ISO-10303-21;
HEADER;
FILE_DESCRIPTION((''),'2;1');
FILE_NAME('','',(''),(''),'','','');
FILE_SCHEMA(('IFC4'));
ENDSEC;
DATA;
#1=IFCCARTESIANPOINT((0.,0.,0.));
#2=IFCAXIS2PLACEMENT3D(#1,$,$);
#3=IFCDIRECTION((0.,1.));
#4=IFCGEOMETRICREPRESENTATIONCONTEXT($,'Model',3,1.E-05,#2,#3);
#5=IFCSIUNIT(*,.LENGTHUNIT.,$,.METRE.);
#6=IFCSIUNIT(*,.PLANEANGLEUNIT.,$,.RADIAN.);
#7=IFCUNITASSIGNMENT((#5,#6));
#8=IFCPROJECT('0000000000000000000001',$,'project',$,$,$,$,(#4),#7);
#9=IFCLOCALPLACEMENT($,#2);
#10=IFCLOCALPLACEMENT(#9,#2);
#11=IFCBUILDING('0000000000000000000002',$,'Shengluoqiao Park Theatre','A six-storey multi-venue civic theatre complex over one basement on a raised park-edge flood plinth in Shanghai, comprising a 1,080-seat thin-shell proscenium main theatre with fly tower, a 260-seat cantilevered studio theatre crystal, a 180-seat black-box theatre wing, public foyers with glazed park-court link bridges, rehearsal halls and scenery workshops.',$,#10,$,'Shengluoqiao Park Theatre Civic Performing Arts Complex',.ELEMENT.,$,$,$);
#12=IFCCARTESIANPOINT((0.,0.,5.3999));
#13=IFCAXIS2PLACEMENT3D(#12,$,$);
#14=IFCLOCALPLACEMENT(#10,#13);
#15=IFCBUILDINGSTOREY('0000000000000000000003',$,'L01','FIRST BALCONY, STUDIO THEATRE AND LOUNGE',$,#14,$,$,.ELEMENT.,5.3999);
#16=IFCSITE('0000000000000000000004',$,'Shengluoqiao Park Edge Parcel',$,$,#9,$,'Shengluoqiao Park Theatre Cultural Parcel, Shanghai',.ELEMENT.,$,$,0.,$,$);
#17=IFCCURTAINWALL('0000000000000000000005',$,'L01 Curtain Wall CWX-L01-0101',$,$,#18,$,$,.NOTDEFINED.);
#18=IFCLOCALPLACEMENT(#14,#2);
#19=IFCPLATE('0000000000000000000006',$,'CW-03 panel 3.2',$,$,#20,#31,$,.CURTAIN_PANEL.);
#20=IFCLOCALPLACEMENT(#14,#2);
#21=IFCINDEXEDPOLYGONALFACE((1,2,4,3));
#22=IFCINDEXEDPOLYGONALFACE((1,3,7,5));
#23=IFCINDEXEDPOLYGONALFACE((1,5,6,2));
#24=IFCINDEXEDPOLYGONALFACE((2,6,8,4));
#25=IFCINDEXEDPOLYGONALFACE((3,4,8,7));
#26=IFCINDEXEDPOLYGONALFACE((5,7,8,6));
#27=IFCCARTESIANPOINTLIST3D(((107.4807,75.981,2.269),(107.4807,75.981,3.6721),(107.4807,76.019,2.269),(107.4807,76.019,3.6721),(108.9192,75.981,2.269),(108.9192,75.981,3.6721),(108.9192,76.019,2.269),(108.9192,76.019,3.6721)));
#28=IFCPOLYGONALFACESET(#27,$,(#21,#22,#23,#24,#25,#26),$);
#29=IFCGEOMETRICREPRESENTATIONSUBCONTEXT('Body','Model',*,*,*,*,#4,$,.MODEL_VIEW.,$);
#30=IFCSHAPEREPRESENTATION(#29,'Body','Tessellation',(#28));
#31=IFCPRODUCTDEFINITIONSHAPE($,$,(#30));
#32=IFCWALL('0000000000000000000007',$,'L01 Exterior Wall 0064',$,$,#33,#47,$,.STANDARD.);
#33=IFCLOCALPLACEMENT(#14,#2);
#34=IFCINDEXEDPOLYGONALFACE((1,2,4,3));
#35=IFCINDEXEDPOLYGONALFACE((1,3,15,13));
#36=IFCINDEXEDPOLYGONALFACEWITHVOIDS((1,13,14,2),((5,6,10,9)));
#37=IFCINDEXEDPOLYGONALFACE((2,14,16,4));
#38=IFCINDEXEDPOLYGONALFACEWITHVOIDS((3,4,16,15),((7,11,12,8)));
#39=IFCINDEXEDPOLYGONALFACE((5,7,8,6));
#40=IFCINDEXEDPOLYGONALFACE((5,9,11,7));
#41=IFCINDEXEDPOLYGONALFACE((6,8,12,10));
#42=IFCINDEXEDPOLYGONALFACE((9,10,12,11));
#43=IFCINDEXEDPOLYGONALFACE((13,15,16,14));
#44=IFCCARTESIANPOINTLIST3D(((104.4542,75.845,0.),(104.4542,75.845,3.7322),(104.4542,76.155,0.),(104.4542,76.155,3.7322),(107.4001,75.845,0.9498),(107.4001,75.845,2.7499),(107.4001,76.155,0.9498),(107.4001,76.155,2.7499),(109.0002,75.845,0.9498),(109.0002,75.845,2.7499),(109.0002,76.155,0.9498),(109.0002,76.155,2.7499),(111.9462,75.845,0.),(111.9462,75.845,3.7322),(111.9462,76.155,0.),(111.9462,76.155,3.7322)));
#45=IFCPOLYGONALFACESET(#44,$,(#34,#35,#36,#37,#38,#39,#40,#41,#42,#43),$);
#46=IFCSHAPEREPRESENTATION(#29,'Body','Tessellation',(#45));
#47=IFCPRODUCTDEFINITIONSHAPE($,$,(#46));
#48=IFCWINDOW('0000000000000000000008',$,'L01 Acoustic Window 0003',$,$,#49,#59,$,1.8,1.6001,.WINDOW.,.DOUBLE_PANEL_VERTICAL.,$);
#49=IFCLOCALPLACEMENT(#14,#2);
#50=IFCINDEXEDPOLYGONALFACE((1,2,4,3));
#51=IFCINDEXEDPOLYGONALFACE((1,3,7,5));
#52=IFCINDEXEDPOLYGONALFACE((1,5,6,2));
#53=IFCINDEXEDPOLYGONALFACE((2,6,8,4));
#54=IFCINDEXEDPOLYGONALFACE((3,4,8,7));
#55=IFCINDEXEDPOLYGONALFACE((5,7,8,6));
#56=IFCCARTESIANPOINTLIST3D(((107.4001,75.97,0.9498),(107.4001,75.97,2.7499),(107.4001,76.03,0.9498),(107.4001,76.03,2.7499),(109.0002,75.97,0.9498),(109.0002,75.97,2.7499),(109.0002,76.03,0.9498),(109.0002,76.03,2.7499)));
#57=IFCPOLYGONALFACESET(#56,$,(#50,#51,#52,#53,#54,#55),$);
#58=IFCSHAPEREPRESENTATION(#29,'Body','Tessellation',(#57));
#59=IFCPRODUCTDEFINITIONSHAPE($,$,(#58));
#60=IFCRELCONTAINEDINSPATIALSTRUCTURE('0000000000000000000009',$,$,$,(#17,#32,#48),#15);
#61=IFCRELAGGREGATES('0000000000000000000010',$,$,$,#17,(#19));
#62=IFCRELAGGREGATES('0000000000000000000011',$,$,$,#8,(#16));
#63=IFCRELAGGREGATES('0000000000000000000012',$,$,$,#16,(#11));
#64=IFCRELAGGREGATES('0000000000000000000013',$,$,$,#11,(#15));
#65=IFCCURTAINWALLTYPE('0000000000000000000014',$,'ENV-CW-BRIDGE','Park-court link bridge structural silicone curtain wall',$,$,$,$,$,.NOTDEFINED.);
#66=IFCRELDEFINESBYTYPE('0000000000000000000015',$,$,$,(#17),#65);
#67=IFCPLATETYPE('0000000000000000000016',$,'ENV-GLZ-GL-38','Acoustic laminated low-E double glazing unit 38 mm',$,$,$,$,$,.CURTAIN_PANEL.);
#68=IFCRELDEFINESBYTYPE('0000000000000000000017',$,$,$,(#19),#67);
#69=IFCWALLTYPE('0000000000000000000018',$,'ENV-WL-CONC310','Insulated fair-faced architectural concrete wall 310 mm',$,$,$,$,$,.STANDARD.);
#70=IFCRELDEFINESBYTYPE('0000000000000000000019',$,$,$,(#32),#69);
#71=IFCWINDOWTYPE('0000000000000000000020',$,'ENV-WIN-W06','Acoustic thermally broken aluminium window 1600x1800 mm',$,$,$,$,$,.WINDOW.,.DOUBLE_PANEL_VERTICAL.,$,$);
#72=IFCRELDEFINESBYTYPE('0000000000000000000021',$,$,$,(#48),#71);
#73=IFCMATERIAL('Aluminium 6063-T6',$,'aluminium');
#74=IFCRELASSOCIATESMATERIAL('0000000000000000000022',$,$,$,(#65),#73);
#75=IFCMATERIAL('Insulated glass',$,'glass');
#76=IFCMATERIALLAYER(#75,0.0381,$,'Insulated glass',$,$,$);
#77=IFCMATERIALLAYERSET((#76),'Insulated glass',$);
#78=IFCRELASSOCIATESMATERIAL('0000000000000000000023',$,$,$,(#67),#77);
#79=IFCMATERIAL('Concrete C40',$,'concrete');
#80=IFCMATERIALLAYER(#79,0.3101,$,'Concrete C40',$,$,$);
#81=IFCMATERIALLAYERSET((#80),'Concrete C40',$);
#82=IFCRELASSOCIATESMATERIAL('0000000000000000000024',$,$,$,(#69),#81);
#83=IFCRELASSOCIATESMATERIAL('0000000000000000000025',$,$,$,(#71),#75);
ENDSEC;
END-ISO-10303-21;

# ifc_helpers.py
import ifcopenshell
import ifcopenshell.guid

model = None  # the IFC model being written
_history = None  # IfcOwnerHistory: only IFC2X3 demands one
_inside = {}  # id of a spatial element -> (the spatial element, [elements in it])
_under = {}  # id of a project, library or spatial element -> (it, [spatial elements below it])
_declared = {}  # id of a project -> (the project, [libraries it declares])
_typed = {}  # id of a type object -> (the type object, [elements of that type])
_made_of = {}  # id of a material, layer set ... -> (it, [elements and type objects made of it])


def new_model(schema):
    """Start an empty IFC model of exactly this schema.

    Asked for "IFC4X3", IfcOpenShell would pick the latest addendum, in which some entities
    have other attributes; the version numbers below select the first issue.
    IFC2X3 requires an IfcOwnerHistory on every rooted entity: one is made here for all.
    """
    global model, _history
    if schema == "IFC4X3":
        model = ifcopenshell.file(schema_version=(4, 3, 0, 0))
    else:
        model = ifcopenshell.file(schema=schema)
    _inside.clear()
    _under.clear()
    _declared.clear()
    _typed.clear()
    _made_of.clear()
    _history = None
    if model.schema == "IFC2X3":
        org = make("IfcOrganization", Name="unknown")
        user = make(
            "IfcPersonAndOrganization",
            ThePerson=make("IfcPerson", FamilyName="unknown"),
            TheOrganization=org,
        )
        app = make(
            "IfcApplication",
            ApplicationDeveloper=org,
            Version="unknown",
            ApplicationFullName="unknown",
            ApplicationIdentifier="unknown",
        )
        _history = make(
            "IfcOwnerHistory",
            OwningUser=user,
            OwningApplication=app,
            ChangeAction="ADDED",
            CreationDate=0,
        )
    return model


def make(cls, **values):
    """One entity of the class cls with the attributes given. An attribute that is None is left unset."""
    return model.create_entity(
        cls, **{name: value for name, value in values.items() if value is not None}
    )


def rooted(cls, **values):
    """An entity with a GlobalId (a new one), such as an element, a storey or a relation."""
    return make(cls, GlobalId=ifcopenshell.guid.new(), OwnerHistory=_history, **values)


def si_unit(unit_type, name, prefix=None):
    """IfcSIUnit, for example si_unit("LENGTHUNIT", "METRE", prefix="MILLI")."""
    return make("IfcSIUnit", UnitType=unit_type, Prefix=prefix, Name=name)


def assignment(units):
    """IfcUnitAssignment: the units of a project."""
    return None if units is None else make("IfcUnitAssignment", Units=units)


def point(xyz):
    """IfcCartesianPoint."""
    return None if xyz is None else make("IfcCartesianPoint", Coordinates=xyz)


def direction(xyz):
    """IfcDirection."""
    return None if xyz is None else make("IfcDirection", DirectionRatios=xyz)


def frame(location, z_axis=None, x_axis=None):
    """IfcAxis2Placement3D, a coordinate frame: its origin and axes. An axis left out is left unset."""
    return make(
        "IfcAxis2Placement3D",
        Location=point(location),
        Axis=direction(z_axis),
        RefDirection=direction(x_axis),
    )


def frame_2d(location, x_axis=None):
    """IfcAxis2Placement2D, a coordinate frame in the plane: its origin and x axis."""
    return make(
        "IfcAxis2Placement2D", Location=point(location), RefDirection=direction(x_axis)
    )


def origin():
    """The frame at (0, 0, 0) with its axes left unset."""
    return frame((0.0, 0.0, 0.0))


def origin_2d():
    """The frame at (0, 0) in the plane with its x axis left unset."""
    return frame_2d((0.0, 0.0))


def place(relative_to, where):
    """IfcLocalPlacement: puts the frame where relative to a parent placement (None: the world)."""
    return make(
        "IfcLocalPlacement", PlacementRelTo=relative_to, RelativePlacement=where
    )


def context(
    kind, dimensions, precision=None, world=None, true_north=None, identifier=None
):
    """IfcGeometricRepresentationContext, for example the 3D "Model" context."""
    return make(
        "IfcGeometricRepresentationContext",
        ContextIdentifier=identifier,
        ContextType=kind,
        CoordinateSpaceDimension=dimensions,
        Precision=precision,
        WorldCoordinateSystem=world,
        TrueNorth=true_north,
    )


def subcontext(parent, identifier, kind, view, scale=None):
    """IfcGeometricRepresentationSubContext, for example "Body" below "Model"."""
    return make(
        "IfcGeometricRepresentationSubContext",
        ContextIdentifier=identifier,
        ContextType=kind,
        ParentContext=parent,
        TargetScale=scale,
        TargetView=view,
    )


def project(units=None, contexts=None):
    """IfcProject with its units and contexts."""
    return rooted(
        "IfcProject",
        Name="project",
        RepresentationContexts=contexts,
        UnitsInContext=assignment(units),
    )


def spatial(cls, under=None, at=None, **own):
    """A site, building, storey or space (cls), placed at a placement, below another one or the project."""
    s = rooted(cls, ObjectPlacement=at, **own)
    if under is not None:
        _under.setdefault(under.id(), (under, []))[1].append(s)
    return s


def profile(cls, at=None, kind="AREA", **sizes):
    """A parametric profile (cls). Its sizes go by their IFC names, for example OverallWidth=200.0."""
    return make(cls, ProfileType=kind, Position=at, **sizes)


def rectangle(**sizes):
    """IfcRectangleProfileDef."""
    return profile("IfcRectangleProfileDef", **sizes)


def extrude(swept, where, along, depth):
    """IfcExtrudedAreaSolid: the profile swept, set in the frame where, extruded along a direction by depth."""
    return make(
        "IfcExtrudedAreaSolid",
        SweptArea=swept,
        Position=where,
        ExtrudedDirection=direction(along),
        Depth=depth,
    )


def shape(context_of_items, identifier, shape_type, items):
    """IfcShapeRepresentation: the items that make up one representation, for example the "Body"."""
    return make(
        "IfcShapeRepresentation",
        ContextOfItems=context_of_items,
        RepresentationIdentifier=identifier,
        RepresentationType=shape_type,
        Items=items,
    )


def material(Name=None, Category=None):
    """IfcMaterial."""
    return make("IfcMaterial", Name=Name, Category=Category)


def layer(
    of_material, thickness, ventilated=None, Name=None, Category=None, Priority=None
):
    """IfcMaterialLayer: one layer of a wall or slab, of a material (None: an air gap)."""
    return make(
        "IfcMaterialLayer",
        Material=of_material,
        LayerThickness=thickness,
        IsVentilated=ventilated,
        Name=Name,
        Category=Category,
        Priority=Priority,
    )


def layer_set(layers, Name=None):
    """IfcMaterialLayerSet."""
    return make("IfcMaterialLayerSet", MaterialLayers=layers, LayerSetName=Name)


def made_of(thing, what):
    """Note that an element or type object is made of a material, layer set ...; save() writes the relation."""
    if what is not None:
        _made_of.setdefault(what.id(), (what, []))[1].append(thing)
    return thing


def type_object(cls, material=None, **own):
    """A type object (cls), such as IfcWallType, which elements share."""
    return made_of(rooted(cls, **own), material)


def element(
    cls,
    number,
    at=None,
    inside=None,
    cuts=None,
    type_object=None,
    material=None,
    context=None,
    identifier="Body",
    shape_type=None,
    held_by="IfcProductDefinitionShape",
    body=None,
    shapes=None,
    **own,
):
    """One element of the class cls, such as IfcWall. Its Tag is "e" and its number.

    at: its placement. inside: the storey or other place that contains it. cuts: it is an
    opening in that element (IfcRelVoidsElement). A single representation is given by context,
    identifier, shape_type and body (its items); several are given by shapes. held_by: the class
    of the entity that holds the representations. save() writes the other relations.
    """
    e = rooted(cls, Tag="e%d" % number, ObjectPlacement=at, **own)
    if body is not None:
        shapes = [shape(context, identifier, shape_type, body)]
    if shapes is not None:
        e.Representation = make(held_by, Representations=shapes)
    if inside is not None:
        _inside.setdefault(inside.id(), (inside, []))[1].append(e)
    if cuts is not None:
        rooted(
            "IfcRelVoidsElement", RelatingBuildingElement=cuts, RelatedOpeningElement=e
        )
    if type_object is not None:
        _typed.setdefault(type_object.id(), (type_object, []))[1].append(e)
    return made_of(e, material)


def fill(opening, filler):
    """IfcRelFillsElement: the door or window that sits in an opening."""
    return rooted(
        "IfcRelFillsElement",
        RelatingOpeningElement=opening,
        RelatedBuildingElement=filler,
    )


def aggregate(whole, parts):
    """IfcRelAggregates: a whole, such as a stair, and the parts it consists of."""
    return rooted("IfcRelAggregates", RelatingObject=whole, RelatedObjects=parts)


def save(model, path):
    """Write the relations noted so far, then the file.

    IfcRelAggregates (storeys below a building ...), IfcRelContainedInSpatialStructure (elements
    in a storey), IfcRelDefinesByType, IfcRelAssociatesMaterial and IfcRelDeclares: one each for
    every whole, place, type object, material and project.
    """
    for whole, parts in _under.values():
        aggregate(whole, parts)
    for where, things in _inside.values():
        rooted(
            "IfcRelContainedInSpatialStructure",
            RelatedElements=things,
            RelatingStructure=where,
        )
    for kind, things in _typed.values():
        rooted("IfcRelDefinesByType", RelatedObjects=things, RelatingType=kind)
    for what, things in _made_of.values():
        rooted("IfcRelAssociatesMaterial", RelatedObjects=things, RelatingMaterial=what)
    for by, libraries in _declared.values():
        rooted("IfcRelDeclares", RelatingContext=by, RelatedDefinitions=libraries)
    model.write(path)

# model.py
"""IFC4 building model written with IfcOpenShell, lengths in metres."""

from ifc_helpers import new_model, si_unit, direction, frame, frame_2d, origin, origin_2d, place, context, subcontext, project, spatial, rectangle, extrude, material, layer, layer_set, type_object, element, fill, aggregate, save


model = new_model("IFC4")

# Units and contexts
model_context = context("Model", 3, precision=1e-05, world=origin(), true_north=direction((0.0, 1.0)))
body_context = subcontext(model_context, "Body", "Model", "MODEL_VIEW")
ifc_project = project(units=[si_unit("LENGTHUNIT", "METRE"), si_unit("PLANEANGLEUNIT", "RADIAN")], contexts=[model_context])

# Site, building, storey
site_placement = place(None, origin())
site = spatial("IfcSite", under=ifc_project, at=site_placement, Name="Shengluoqiao Park Edge Parcel", LongName="Shengluoqiao Park Theatre Cultural Parcel, Shanghai", CompositionType="ELEMENT", RefElevation=0.0)
building_placement = place(site_placement, origin())
building = spatial("IfcBuilding", under=site, at=building_placement, Name="Shengluoqiao Park Theatre", Description="A six-storey multi-venue civic theatre complex over one basement on a raised park-edge flood plinth in Shanghai, comprising a 1,080-seat thin-shell proscenium main theatre with fly tower, a 260-seat cantilevered studio theatre crystal, a 180-seat black-box theatre wing, public foyers with glazed park-court link bridges, rehearsal halls and scenery workshops.", LongName="Shengluoqiao Park Theatre Civic Performing Arts Complex", CompositionType="ELEMENT")
storey_placement = place(building_placement, frame((0.0, 0.0, 5.3999)))
storey = spatial("IfcBuildingStorey", under=building, at=storey_placement, Name="L01", Description="FIRST BALCONY, STUDIO THEATRE AND LOUNGE", CompositionType="ELEMENT", Elevation=5.3999)

# Curtain wall
ifc_material_1 = material(Name="Aluminium 6063-T6", Category="aluminium")
curtain_wall_type = type_object("IfcCurtainWallType", Name="ENV-CW-BRIDGE", Description="Park-court link bridge structural silicone curtain wall", PredefinedType="NOTDEFINED", material=ifc_material_1)
curtain_wall_1_placement = place(storey_placement, origin())
curtain_wall_1 = element("IfcCurtainWall", 1, at=curtain_wall_1_placement, inside=storey, type_object=curtain_wall_type, Name="L01 Curtain Wall CWX-L01-0101", PredefinedType="NOTDEFINED")

# Plate
ifc_material_2 = material(Name="Insulated glass", Category="glass")
ifc_layer_1 = layer(ifc_material_2, 0.0381, Name="Insulated glass")
ifc_layer_set_1 = layer_set([ifc_layer_1], Name="Insulated glass")
plate_type = type_object("IfcPlateType", Name="ENV-GLZ-GL-38", Description="Acoustic laminated low-E double glazing unit 38 mm", PredefinedType="CURTAIN_PANEL", material=ifc_layer_set_1)
plate_1_placement = place(storey_placement, frame((108.2, 76.0, 2.269), z_axis=(0.0, 0.0, 1.0), x_axis=(1.0, 0.0, 0.0)))
plate_1 = element("IfcPlate", 2, at=plate_1_placement, type_object=plate_type, Name="CW-03 panel 3.2", PredefinedType="CURTAIN_PANEL", context=body_context, shape_type="SweptSolid", body=[
    extrude(rectangle(XDim=1.4385, YDim=0.0381, at=origin_2d()), origin(), (0.0, 0.0, 1.0), 1.4031),
])
aggregate(curtain_wall_1, [plate_1])

# Wall, opening, window
ifc_material_3 = material(Name="Concrete C40", Category="concrete")
ifc_layer_2 = layer(ifc_material_3, 0.3101, Name="Concrete C40")
ifc_layer_set_2 = layer_set([ifc_layer_2], Name="Concrete C40")
wall_type = type_object("IfcWallType", Name="ENV-WL-CONC310", Description="Insulated fair-faced architectural concrete wall 310 mm", PredefinedType="STANDARD", material=ifc_layer_set_2)
wall_placement = place(storey_placement, frame((104.4541, 76.0, 0.0), z_axis=(0.0, 0.0, 1.0), x_axis=(1.0, 0.0, 0.0)))
wall = element("IfcWall", 3, at=wall_placement, inside=storey, type_object=wall_type, Name="L01 Exterior Wall 0064", PredefinedType="STANDARD", context=body_context, shape_type="SweptSolid", body=[
    extrude(rectangle(XDim=7.4919, YDim=0.3101, at=frame_2d((3.7461, 0.0))), origin(), (0.0, 0.0, 1.0), 3.7322),
])
opening_placement = place(wall_placement, frame((2.946, 0.0, 0.95)))
opening = element("IfcOpeningElement", 4, at=opening_placement, cuts=wall, PredefinedType="OPENING", context=body_context, shape_type="SweptSolid", body=[
    extrude(rectangle(XDim=1.6001, YDim=1.8, at=frame_2d((0.8, 0.8999))), frame((0.0, 0.165, 0.0), z_axis=(0.0, -1.0, 0.0), x_axis=(1.0, 0.0, 0.0)), (0.0, 0.0, 1.0), 0.3301),
])
window_type = type_object("IfcWindowType", Name="ENV-WIN-W06", Description="Acoustic thermally broken aluminium window 1600x1800 mm", PartitioningType="DOUBLE_PANEL_VERTICAL", PredefinedType="WINDOW", material=ifc_material_2)
window_placement = place(opening_placement, origin())
window = element("IfcWindow", 5, at=window_placement, inside=storey, type_object=window_type, Name="L01 Acoustic Window 0003", OverallHeight=1.8, OverallWidth=1.6001, PartitioningType="DOUBLE_PANEL_VERTICAL", PredefinedType="WINDOW", context=body_context, shape_type="SweptSolid", body=[
    extrude(rectangle(XDim=1.6001, YDim=1.8, at=frame_2d((0.8, 0.8999))), frame((0.0, 0.03, 0.0), z_axis=(0.0, -1.0, 0.0), x_axis=(1.0, 0.0, 0.0)), (0.0, 0.0, 1.0), 0.0601),
])
fill(opening, window)

save(model, "model.ifc")
